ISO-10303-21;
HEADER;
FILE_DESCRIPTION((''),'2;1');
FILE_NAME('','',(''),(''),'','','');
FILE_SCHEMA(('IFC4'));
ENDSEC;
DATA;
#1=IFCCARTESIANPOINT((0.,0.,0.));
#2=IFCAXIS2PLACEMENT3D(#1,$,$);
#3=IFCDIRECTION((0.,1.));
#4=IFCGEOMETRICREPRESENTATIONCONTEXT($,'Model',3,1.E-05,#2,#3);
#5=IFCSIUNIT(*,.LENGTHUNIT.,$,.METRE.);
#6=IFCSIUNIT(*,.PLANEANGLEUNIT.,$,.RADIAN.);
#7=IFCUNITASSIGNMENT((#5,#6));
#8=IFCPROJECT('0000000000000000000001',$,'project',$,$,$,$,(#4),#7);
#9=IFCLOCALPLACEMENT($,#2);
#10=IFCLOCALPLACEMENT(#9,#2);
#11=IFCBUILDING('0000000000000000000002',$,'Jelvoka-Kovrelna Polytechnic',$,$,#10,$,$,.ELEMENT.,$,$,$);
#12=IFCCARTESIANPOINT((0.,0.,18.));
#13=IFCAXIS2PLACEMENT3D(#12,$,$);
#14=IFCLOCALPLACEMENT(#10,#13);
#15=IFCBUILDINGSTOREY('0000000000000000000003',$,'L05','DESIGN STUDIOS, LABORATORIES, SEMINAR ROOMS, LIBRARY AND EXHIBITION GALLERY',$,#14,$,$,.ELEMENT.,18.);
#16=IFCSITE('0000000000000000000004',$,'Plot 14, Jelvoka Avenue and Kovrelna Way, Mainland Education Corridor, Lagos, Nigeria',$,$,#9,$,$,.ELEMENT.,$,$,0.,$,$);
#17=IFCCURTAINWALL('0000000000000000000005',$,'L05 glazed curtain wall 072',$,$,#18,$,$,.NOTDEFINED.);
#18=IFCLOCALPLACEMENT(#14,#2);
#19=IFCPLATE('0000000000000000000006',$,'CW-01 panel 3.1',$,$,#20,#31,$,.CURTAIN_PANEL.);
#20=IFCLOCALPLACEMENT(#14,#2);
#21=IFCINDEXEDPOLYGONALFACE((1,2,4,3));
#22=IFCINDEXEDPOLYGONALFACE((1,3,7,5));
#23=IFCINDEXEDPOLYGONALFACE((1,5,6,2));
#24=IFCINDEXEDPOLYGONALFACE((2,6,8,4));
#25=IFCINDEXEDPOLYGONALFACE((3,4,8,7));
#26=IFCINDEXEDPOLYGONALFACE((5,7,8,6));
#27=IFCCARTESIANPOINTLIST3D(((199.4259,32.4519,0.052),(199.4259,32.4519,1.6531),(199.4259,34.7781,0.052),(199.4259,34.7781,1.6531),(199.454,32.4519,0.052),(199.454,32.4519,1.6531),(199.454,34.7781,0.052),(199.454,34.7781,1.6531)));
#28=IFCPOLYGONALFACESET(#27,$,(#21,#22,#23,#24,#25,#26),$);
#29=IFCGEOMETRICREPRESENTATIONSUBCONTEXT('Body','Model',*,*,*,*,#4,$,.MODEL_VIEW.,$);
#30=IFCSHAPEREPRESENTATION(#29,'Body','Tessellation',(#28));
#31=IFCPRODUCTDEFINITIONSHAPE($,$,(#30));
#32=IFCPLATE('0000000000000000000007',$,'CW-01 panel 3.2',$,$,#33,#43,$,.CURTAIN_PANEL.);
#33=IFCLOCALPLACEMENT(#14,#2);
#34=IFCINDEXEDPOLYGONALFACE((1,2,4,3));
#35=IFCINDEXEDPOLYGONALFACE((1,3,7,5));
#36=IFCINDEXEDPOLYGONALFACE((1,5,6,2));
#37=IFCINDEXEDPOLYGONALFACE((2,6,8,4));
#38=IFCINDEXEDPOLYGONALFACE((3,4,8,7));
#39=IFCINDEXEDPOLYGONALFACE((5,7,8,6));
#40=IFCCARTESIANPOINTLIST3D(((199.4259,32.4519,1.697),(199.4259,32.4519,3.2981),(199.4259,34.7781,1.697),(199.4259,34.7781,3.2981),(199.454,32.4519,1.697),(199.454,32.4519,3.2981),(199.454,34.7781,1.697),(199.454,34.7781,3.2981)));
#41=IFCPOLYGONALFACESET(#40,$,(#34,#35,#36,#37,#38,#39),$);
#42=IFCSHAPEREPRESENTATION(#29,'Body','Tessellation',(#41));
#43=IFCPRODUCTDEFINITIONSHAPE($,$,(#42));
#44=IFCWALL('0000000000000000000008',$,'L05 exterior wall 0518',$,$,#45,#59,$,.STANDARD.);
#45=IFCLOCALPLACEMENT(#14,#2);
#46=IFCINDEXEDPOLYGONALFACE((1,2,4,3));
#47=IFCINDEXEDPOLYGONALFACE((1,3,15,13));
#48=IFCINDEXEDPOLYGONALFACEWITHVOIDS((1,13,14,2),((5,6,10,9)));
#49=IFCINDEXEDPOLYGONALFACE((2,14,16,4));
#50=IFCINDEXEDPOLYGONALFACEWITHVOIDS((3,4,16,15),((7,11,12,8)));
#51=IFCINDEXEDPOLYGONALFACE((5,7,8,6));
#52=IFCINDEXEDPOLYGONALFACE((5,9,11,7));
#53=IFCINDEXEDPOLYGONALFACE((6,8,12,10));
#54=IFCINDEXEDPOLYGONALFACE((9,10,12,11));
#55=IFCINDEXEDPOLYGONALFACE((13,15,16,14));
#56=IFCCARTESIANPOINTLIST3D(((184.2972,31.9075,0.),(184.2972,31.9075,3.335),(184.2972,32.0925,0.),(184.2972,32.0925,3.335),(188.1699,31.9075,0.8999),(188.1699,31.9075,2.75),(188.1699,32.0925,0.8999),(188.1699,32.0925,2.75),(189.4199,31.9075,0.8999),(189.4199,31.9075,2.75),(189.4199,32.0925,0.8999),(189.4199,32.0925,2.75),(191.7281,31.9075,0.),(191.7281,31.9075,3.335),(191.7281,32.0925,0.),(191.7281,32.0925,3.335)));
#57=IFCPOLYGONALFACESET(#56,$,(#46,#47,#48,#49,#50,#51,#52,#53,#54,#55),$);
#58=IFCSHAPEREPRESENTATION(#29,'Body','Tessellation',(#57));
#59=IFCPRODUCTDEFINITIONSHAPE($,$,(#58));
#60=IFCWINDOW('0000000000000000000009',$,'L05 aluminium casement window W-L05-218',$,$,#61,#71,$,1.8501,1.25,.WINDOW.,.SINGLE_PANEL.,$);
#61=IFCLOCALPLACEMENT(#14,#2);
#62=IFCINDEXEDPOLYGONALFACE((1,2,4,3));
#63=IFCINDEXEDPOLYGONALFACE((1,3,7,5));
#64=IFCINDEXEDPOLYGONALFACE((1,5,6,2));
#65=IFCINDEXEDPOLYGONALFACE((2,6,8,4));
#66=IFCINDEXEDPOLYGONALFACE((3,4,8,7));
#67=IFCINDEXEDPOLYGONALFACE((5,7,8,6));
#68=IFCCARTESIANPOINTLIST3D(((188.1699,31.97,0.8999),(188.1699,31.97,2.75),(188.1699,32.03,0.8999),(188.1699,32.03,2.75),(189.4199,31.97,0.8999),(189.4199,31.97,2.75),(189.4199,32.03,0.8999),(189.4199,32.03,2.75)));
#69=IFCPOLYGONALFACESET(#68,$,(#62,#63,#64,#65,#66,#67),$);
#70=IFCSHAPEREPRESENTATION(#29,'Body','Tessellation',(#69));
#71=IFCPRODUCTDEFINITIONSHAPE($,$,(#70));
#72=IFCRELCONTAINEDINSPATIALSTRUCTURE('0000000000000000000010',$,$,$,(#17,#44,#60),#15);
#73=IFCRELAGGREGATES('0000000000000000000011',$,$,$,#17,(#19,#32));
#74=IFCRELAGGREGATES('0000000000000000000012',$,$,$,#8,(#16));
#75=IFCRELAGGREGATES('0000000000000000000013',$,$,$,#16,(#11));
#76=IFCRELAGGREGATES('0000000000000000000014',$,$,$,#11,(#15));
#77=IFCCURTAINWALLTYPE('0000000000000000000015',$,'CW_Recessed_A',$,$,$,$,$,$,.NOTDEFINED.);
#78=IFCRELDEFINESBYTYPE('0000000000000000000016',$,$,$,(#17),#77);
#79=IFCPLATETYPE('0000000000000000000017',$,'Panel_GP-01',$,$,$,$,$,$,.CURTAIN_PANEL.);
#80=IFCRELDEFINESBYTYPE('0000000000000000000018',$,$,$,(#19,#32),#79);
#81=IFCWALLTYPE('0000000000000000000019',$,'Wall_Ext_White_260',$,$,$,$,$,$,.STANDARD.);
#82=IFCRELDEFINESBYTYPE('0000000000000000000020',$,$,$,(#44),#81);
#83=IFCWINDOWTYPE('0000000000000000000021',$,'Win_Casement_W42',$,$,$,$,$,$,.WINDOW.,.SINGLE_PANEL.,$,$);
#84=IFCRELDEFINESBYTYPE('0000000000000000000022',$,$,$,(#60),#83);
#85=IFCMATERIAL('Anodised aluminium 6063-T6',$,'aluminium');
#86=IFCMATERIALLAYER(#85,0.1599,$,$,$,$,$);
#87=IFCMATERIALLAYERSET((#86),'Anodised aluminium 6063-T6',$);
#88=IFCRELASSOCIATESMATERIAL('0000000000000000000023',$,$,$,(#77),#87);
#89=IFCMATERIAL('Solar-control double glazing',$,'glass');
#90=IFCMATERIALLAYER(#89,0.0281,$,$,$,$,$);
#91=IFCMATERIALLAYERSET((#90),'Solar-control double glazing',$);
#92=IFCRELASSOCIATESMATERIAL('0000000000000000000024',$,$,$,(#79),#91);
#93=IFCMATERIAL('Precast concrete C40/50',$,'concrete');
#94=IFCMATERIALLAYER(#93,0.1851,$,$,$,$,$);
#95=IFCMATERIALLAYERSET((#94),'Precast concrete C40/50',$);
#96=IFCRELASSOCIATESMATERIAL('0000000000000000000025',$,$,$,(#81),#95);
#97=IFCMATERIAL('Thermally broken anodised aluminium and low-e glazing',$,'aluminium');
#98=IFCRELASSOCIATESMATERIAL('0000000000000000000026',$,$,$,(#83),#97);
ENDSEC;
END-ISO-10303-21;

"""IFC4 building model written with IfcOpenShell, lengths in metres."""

from ifc_helpers import new_model, si_unit, direction, frame, frame_2d, origin, origin_2d, place, context, subcontext, project, spatial, rectangle, extrude, material, layer, layer_set, type_object, element, fill, aggregate, save


model = new_model("IFC4")

# Units and contexts
model_context = context("Model", 3, precision=1e-05, world=origin(), true_north=direction((0.0, 1.0)))
body_context = subcontext(model_context, "Body", "Model", "MODEL_VIEW")
ifc_project = project(units=[si_unit("LENGTHUNIT", "METRE"), si_unit("PLANEANGLEUNIT", "RADIAN")], contexts=[model_context])

# Site, building, storey
site_placement = place(None, origin())
site = spatial("IfcSite", under=ifc_project, at=site_placement, Name="Plot 14, Jelvoka Avenue and Kovrelna Way, Mainland Education Corridor, Lagos, Nigeria", CompositionType="ELEMENT", RefElevation=0.0)
building_placement = place(site_placement, origin())
building = spatial("IfcBuilding", under=site, at=building_placement, Name="Jelvoka-Kovrelna Polytechnic", CompositionType="ELEMENT")
storey_placement = place(building_placement, frame((0.0, 0.0, 18.0)))
storey = spatial("IfcBuildingStorey", under=building, at=storey_placement, Name="L05", Description="DESIGN STUDIOS, LABORATORIES, SEMINAR ROOMS, LIBRARY AND EXHIBITION GALLERY", CompositionType="ELEMENT", Elevation=18.0)

# Curtain wall
ifc_material_1 = material(Name="Anodised aluminium 6063-T6", Category="aluminium")
ifc_layer_1 = layer(ifc_material_1, 0.1599)
ifc_layer_set_1 = layer_set([ifc_layer_1], Name="Anodised aluminium 6063-T6")
curtain_wall_type = type_object("IfcCurtainWallType", Name="CW_Recessed_A", PredefinedType="NOTDEFINED", material=ifc_layer_set_1)
curtain_wall_placement = place(storey_placement, origin())
curtain_wall = element("IfcCurtainWall", 1, at=curtain_wall_placement, inside=storey, type_object=curtain_wall_type, Name="L05 glazed curtain wall 072", PredefinedType="NOTDEFINED")

# Plates
ifc_material_2 = material(Name="Solar-control double glazing", Category="glass")
ifc_layer_2 = layer(ifc_material_2, 0.0281)
ifc_layer_set_2 = layer_set([ifc_layer_2], Name="Solar-control double glazing")
plate_type = type_object("IfcPlateType", Name="Panel_GP-01", PredefinedType="CURTAIN_PANEL", material=ifc_layer_set_2)
plate_1_placement = place(storey_placement, frame((199.4399, 33.615, 0.052), z_axis=(0.0, 0.0, 1.0), x_axis=(0.0, -1.0, 0.0)))
plate_1 = element("IfcPlate", 2, at=plate_1_placement, type_object=plate_type, Name="CW-01 panel 3.1", PredefinedType="CURTAIN_PANEL", context=body_context, shape_type="SweptSolid", body=[
    extrude(rectangle(XDim=2.3262, YDim=0.0281, at=origin_2d()), origin(), (0.0, 0.0, 1.0), 1.6011),
])
plate_2_placement = place(storey_placement, frame((199.4399, 33.615, 1.697), z_axis=(0.0, 0.0, 1.0), x_axis=(0.0, -1.0, 0.0)))
plate_2 = element("IfcPlate", 3, at=plate_2_placement, type_object=plate_type, Name="CW-01 panel 3.2", PredefinedType="CURTAIN_PANEL", context=body_context, shape_type="SweptSolid", body=[
    extrude(rectangle(XDim=2.3262, YDim=0.0281, at=origin_2d()), origin(), (0.0, 0.0, 1.0), 1.6011),
])
aggregate(curtain_wall, [plate_1, plate_2])

# Wall, opening, window
ifc_material_3 = material(Name="Precast concrete C40/50", Category="concrete")
ifc_layer_3 = layer(ifc_material_3, 0.1851)
ifc_layer_set_3 = layer_set([ifc_layer_3], Name="Precast concrete C40/50")
wall_type = type_object("IfcWallType", Name="Wall_Ext_White_260", PredefinedType="STANDARD", material=ifc_layer_set_3)
wall_placement = place(storey_placement, frame((191.728, 32.0, 0.0), z_axis=(0.0, 0.0, 1.0), x_axis=(-1.0, 0.0, 0.0)))
wall = element("IfcWall", 4, at=wall_placement, inside=storey, type_object=wall_type, Name="L05 exterior wall 0518", PredefinedType="STANDARD", context=body_context, shape_type="SweptSolid", body=[
    extrude(rectangle(XDim=7.4309, YDim=0.1851, at=frame_2d((3.7153, 0.0))), origin(), (0.0, 0.0, 1.0), 3.335),
])
opening_placement = place(wall_placement, frame((2.3081, 0.0, 0.8999)))
opening = element("IfcOpeningElement", 5, at=opening_placement, cuts=wall, PredefinedType="OPENING", context=body_context, shape_type="SweptSolid", body=[
    extrude(rectangle(XDim=1.25, YDim=1.8501, at=frame_2d((0.625, 0.925))), frame((0.0, 0.1025, 0.0), z_axis=(0.0, -1.0, 0.0), x_axis=(1.0, 0.0, 0.0)), (0.0, 0.0, 1.0), 0.2051),
])
ifc_material_4 = material(Name="Thermally broken anodised aluminium and low-e glazing", Category="aluminium")
window_type = type_object("IfcWindowType", Name="Win_Casement_W42", PartitioningType="SINGLE_PANEL", PredefinedType="WINDOW", material=ifc_material_4)
window_placement = place(opening_placement, origin())
window = element("IfcWindow", 6, at=window_placement, inside=storey, type_object=window_type, Name="L05 aluminium casement window W-L05-218", OverallHeight=1.8501, OverallWidth=1.25, PartitioningType="SINGLE_PANEL", PredefinedType="WINDOW", context=body_context, shape_type="SweptSolid", body=[
    extrude(rectangle(XDim=1.25, YDim=1.8501, at=frame_2d((0.625, 0.925))), frame((0.0, 0.03, 0.0), z_axis=(0.0, -1.0, 0.0), x_axis=(1.0, 0.0, 0.0)), (0.0, 0.0, 1.0), 0.0601),
])
fill(opening, window)

save(model, "model.ifc")
